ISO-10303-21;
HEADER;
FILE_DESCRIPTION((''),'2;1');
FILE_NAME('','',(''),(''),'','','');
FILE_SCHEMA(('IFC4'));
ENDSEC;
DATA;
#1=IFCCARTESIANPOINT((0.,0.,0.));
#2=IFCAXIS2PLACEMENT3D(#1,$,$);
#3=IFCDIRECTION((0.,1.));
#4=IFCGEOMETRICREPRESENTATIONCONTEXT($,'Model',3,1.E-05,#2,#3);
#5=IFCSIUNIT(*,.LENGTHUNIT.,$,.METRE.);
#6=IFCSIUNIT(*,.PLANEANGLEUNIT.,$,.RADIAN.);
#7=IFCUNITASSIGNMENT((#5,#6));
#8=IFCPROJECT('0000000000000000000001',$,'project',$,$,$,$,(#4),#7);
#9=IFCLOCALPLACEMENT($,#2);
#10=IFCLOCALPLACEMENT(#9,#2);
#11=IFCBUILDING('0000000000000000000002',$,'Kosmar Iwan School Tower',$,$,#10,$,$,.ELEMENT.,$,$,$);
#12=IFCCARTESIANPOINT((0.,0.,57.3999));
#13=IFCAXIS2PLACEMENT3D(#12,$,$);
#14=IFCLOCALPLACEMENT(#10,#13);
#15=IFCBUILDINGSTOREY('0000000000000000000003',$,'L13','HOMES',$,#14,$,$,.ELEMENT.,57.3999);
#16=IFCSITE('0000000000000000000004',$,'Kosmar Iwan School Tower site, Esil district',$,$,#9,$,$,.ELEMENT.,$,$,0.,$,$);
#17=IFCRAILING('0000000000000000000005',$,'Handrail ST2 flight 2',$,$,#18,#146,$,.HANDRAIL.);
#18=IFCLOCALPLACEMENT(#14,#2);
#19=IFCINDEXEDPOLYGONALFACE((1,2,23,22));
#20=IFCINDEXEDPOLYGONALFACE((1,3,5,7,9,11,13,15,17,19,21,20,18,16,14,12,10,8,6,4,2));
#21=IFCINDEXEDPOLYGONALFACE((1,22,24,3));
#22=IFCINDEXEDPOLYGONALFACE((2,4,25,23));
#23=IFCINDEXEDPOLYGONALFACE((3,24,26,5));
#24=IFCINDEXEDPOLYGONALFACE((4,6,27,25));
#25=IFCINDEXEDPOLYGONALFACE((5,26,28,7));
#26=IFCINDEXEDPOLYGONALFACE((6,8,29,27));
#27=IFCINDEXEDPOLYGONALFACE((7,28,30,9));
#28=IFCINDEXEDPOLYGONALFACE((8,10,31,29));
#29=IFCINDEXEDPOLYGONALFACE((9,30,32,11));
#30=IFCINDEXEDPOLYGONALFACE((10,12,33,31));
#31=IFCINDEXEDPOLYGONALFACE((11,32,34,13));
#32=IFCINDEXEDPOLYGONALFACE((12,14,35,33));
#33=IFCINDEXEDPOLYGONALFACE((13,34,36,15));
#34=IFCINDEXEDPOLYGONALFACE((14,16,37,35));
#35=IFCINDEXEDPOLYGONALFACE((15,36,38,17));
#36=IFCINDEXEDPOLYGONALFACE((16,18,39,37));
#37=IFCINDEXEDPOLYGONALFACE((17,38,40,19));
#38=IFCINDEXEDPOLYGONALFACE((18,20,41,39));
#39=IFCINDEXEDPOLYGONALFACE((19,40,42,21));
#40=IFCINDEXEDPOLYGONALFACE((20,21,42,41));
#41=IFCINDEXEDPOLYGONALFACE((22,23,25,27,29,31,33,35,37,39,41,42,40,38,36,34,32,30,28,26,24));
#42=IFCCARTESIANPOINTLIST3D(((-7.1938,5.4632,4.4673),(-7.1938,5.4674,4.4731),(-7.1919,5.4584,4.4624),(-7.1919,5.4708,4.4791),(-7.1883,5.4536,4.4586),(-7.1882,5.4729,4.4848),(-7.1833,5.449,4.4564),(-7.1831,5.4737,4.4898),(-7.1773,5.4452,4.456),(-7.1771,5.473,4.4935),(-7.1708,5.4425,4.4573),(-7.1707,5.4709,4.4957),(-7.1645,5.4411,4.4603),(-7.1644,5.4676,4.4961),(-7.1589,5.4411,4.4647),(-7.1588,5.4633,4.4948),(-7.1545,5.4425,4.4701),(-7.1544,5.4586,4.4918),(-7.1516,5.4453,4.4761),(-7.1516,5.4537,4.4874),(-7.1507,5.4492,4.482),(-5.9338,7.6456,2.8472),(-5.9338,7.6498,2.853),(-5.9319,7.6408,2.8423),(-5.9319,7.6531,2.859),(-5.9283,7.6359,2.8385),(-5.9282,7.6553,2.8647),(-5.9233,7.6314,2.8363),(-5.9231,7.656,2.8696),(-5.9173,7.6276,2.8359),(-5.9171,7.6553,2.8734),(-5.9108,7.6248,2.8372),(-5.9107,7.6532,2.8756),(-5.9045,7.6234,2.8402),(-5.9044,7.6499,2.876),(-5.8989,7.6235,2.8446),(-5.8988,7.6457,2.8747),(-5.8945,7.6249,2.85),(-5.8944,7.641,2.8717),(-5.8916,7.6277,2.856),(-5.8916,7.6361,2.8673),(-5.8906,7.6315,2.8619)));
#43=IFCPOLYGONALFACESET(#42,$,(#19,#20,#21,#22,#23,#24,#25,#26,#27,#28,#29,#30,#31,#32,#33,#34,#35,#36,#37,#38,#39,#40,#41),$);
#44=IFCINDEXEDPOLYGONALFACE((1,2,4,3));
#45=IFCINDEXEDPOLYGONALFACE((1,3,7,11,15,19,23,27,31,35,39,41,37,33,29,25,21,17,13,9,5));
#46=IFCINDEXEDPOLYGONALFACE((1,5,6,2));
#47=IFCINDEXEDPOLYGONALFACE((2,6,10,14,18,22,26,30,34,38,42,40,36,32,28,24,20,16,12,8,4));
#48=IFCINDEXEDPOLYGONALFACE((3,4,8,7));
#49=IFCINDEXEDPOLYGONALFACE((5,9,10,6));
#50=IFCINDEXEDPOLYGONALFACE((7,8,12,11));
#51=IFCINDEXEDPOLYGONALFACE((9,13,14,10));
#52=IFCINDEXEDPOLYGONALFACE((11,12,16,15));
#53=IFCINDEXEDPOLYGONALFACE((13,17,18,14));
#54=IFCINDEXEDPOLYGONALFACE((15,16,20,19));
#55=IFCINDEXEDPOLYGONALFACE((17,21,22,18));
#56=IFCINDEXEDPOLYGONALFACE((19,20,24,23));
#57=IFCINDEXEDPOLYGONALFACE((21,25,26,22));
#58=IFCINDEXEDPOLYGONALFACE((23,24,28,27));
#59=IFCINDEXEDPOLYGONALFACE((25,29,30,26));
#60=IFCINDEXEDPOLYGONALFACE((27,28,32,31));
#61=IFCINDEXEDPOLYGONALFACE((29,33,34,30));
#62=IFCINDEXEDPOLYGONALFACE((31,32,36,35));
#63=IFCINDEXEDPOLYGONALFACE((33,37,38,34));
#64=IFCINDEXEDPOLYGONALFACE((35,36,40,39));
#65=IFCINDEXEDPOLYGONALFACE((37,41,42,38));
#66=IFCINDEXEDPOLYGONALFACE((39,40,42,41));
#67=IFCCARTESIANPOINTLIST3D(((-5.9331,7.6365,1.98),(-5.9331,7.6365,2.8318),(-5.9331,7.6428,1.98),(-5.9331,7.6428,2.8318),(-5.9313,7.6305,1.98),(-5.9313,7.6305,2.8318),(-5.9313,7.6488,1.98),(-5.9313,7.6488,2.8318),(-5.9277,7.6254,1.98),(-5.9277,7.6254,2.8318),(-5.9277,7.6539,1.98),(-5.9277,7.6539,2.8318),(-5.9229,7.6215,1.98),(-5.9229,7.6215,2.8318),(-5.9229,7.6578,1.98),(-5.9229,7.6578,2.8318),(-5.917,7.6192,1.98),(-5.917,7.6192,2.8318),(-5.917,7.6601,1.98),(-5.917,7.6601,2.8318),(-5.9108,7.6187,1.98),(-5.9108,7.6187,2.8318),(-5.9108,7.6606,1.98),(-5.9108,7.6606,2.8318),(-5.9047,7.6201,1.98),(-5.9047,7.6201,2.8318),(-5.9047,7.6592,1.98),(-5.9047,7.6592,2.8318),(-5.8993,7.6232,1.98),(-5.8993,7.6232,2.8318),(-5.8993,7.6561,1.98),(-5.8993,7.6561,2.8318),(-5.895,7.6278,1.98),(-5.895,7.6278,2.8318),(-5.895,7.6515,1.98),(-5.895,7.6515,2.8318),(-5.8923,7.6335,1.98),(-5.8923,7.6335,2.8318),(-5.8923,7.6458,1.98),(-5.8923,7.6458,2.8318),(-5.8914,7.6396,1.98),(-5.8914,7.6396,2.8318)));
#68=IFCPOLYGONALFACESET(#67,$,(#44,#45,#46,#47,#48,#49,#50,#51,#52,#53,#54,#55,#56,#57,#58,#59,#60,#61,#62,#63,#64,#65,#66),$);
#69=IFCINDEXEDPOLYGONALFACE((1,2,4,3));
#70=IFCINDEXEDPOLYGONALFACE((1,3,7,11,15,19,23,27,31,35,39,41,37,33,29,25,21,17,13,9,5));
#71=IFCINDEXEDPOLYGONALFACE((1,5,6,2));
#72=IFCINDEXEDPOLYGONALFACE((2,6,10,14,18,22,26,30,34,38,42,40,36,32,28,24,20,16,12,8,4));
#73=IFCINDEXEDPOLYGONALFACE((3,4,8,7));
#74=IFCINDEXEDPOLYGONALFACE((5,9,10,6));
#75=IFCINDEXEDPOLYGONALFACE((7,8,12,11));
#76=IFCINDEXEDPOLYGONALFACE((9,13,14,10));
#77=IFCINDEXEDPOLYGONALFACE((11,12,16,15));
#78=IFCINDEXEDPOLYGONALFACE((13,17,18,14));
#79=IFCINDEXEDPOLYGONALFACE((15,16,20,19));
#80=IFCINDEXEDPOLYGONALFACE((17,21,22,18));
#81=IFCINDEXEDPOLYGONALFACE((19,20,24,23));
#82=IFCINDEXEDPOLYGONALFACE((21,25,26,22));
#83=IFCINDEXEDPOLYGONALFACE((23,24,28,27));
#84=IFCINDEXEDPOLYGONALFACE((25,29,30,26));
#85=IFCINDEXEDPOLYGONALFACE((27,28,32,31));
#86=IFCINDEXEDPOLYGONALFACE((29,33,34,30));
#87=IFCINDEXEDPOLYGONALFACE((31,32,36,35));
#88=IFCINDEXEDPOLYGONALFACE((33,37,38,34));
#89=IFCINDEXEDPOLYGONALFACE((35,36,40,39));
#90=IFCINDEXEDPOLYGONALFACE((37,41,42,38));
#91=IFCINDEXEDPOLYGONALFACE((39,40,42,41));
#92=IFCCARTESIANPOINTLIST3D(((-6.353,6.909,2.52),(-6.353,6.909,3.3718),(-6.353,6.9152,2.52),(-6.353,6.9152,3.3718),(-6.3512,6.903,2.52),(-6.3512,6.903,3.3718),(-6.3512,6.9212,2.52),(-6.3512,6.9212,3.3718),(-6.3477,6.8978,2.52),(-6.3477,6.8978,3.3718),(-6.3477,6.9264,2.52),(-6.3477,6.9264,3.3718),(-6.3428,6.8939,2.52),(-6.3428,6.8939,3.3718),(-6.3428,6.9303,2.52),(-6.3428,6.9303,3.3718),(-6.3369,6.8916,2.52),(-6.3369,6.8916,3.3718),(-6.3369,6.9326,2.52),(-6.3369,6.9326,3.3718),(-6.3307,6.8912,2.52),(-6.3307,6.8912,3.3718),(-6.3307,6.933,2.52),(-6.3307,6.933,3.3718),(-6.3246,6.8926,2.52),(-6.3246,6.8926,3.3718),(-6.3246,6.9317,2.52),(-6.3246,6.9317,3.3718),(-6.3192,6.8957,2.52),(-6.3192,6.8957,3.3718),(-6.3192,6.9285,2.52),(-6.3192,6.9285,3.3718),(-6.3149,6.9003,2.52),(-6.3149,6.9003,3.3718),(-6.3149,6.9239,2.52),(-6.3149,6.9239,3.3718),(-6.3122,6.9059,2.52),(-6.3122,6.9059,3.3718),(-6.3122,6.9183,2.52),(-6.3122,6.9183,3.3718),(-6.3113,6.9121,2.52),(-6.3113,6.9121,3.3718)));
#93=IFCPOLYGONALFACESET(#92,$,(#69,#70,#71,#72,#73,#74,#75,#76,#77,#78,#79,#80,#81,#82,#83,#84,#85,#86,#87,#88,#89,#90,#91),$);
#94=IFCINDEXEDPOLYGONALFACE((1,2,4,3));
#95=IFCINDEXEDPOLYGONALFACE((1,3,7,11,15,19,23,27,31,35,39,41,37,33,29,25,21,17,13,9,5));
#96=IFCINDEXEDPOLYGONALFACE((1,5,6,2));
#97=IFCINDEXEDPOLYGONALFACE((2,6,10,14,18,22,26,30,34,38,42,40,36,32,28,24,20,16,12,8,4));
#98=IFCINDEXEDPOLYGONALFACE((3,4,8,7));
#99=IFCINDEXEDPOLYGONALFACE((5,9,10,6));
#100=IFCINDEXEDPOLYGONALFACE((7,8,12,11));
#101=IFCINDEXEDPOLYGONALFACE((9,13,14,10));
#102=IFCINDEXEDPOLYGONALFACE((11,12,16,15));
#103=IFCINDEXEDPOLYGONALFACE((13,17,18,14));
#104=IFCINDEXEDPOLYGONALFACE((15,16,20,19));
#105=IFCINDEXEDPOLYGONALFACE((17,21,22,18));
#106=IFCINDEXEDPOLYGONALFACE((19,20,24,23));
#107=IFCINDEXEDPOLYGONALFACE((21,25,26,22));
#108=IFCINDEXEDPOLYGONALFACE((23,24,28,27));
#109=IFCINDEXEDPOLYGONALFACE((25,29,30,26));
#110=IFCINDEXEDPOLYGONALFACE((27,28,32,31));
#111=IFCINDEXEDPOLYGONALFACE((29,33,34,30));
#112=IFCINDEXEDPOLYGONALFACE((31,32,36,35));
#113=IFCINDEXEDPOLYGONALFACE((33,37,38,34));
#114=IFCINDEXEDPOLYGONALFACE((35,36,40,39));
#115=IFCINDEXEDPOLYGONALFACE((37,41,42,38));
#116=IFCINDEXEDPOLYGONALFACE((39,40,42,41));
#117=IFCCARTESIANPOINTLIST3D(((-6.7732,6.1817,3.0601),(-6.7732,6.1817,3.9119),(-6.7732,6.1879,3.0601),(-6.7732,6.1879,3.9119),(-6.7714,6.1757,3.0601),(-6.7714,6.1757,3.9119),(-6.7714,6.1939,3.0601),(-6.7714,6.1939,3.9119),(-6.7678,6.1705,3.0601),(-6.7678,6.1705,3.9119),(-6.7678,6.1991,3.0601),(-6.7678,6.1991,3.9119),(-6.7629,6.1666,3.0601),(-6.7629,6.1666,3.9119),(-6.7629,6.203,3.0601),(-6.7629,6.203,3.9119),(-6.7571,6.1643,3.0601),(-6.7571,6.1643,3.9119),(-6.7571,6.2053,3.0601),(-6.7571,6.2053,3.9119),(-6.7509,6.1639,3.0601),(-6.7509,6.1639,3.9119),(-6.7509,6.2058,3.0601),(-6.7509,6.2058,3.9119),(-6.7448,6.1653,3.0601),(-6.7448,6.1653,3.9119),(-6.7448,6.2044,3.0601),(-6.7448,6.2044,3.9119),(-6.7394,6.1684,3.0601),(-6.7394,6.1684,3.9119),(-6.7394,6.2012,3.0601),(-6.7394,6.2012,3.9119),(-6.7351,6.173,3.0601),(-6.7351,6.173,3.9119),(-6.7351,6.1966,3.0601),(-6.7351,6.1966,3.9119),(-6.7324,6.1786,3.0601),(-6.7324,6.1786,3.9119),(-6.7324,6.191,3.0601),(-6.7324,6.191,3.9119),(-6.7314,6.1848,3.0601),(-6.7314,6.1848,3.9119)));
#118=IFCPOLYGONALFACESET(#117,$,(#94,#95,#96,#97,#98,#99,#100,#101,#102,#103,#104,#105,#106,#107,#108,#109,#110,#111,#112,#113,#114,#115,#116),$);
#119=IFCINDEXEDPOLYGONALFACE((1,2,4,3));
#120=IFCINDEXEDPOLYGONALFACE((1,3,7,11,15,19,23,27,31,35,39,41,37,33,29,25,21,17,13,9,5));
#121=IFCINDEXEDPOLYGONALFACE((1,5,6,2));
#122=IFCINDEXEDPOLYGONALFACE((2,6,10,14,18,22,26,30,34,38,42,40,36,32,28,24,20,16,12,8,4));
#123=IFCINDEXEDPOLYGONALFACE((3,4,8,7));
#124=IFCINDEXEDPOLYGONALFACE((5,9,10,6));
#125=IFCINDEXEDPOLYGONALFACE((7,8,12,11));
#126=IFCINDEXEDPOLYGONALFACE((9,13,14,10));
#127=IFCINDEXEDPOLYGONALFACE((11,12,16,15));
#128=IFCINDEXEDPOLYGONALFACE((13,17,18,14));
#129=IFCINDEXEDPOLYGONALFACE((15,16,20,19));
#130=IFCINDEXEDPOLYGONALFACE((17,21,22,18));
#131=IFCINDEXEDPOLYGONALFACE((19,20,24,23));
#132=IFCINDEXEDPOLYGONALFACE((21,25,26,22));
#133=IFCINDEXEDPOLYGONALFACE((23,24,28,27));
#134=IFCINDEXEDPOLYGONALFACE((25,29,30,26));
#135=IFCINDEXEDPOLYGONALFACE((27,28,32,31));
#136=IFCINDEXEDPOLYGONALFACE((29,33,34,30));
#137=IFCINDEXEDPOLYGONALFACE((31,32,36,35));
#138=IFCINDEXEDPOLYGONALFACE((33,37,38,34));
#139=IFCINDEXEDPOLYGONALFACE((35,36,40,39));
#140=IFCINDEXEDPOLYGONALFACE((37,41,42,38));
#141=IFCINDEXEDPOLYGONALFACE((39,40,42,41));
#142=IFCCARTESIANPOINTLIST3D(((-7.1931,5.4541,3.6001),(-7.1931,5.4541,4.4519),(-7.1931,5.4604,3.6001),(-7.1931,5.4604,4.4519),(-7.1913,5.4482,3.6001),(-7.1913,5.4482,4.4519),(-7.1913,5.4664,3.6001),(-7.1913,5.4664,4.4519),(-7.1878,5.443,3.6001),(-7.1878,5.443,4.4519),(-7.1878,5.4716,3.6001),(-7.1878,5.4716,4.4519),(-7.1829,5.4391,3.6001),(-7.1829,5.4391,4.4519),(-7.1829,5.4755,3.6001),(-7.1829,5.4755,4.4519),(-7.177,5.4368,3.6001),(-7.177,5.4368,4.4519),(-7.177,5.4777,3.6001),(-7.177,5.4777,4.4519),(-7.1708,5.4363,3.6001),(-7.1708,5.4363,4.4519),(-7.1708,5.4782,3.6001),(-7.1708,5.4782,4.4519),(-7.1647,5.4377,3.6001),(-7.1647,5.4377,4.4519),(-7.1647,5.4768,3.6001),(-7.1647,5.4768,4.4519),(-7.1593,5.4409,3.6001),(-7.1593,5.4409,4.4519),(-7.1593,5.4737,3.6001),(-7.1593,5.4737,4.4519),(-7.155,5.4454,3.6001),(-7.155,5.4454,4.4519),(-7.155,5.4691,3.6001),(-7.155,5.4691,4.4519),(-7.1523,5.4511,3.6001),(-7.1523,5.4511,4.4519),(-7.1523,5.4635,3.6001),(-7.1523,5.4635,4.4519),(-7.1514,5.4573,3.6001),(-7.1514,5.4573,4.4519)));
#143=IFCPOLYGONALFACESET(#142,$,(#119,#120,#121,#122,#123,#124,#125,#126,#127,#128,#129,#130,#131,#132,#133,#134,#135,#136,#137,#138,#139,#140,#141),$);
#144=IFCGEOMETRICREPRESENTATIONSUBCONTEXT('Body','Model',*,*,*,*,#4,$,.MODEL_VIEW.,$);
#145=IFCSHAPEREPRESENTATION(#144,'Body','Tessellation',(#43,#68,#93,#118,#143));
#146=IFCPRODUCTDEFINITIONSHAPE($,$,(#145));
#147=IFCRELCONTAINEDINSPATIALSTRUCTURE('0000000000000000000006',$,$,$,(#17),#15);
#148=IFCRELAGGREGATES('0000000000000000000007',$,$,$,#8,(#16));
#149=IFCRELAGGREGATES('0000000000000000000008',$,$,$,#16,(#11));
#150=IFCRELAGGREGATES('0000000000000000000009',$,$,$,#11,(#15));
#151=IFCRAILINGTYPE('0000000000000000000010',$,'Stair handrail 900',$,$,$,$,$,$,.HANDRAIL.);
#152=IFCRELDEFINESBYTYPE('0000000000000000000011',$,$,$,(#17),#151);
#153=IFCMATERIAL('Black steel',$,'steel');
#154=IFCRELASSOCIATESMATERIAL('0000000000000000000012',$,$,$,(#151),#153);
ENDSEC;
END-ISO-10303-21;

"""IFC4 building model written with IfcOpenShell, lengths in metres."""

from ifc_helpers import new_model, si_unit, direction, frame, origin, origin_2d, place, context, subcontext, project, spatial, circle, extrude, material, type_object, element, save


model = new_model("IFC4")

# Units and contexts
model_context = context("Model", 3, precision=1e-05, world=origin(), true_north=direction((0.0, 1.0)))
body_context = subcontext(model_context, "Body", "Model", "MODEL_VIEW")
ifc_project = project(units=[si_unit("LENGTHUNIT", "METRE"), si_unit("PLANEANGLEUNIT", "RADIAN")], contexts=[model_context])

# Site, building, storey
site_placement = place(None, origin())
site = spatial("IfcSite", under=ifc_project, at=site_placement, Name="Kosmar Iwan School Tower site, Esil district", CompositionType="ELEMENT", RefElevation=0.0)
building_placement = place(site_placement, origin())
building = spatial("IfcBuilding", under=site, at=building_placement, Name="Kosmar Iwan School Tower", CompositionType="ELEMENT")
storey_placement = place(building_placement, frame((0.0, 0.0, 57.3999)))
storey = spatial("IfcBuildingStorey", under=building, at=storey_placement, Name="L13", Description="HOMES", CompositionType="ELEMENT", Elevation=57.3999)

# Railing
ifc_material_1 = material(Name="Black steel", Category="steel")
railing_type = type_object("IfcRailingType", Name="Stair handrail 900", PredefinedType="HANDRAIL", material=ifc_material_1)
railing_placement = place(storey_placement, frame((-5.9124, 7.6396, 1.98)))
element("IfcRailing", 1, at=railing_placement, inside=storey, type_object=railing_type, Name="Handrail ST2 flight 2", PredefinedType="HANDRAIL", context=body_context, shape_type="SweptSolid", body=[
    extrude(circle(Radius=0.0239, at=origin_2d()), frame((0.0, 0.0, 0.876), z_axis=(-0.420584, -0.728464, 0.540786), x_axis=(0.866023, -0.500005, 0.0)), (0.0, 0.0, 1.0), 2.9958),
    extrude(circle(Radius=0.021, at=origin_2d()), origin(), (0.0, 0.0, 1.0), 0.8518),
    extrude(circle(Radius=0.021, at=origin_2d()), frame((-0.4199, -0.7275, 0.54)), (0.0, 0.0, 1.0), 0.8518),
    extrude(circle(Radius=0.021, at=origin_2d()), frame((-0.8401, -1.4548, 1.0801)), (0.0, 0.0, 1.0), 0.8518),
    extrude(circle(Radius=0.021, at=origin_2d()), frame((-1.26, -2.1824, 1.6201)), (0.0, 0.0, 1.0), 0.8518),
])

save(model, "model.ifc")
